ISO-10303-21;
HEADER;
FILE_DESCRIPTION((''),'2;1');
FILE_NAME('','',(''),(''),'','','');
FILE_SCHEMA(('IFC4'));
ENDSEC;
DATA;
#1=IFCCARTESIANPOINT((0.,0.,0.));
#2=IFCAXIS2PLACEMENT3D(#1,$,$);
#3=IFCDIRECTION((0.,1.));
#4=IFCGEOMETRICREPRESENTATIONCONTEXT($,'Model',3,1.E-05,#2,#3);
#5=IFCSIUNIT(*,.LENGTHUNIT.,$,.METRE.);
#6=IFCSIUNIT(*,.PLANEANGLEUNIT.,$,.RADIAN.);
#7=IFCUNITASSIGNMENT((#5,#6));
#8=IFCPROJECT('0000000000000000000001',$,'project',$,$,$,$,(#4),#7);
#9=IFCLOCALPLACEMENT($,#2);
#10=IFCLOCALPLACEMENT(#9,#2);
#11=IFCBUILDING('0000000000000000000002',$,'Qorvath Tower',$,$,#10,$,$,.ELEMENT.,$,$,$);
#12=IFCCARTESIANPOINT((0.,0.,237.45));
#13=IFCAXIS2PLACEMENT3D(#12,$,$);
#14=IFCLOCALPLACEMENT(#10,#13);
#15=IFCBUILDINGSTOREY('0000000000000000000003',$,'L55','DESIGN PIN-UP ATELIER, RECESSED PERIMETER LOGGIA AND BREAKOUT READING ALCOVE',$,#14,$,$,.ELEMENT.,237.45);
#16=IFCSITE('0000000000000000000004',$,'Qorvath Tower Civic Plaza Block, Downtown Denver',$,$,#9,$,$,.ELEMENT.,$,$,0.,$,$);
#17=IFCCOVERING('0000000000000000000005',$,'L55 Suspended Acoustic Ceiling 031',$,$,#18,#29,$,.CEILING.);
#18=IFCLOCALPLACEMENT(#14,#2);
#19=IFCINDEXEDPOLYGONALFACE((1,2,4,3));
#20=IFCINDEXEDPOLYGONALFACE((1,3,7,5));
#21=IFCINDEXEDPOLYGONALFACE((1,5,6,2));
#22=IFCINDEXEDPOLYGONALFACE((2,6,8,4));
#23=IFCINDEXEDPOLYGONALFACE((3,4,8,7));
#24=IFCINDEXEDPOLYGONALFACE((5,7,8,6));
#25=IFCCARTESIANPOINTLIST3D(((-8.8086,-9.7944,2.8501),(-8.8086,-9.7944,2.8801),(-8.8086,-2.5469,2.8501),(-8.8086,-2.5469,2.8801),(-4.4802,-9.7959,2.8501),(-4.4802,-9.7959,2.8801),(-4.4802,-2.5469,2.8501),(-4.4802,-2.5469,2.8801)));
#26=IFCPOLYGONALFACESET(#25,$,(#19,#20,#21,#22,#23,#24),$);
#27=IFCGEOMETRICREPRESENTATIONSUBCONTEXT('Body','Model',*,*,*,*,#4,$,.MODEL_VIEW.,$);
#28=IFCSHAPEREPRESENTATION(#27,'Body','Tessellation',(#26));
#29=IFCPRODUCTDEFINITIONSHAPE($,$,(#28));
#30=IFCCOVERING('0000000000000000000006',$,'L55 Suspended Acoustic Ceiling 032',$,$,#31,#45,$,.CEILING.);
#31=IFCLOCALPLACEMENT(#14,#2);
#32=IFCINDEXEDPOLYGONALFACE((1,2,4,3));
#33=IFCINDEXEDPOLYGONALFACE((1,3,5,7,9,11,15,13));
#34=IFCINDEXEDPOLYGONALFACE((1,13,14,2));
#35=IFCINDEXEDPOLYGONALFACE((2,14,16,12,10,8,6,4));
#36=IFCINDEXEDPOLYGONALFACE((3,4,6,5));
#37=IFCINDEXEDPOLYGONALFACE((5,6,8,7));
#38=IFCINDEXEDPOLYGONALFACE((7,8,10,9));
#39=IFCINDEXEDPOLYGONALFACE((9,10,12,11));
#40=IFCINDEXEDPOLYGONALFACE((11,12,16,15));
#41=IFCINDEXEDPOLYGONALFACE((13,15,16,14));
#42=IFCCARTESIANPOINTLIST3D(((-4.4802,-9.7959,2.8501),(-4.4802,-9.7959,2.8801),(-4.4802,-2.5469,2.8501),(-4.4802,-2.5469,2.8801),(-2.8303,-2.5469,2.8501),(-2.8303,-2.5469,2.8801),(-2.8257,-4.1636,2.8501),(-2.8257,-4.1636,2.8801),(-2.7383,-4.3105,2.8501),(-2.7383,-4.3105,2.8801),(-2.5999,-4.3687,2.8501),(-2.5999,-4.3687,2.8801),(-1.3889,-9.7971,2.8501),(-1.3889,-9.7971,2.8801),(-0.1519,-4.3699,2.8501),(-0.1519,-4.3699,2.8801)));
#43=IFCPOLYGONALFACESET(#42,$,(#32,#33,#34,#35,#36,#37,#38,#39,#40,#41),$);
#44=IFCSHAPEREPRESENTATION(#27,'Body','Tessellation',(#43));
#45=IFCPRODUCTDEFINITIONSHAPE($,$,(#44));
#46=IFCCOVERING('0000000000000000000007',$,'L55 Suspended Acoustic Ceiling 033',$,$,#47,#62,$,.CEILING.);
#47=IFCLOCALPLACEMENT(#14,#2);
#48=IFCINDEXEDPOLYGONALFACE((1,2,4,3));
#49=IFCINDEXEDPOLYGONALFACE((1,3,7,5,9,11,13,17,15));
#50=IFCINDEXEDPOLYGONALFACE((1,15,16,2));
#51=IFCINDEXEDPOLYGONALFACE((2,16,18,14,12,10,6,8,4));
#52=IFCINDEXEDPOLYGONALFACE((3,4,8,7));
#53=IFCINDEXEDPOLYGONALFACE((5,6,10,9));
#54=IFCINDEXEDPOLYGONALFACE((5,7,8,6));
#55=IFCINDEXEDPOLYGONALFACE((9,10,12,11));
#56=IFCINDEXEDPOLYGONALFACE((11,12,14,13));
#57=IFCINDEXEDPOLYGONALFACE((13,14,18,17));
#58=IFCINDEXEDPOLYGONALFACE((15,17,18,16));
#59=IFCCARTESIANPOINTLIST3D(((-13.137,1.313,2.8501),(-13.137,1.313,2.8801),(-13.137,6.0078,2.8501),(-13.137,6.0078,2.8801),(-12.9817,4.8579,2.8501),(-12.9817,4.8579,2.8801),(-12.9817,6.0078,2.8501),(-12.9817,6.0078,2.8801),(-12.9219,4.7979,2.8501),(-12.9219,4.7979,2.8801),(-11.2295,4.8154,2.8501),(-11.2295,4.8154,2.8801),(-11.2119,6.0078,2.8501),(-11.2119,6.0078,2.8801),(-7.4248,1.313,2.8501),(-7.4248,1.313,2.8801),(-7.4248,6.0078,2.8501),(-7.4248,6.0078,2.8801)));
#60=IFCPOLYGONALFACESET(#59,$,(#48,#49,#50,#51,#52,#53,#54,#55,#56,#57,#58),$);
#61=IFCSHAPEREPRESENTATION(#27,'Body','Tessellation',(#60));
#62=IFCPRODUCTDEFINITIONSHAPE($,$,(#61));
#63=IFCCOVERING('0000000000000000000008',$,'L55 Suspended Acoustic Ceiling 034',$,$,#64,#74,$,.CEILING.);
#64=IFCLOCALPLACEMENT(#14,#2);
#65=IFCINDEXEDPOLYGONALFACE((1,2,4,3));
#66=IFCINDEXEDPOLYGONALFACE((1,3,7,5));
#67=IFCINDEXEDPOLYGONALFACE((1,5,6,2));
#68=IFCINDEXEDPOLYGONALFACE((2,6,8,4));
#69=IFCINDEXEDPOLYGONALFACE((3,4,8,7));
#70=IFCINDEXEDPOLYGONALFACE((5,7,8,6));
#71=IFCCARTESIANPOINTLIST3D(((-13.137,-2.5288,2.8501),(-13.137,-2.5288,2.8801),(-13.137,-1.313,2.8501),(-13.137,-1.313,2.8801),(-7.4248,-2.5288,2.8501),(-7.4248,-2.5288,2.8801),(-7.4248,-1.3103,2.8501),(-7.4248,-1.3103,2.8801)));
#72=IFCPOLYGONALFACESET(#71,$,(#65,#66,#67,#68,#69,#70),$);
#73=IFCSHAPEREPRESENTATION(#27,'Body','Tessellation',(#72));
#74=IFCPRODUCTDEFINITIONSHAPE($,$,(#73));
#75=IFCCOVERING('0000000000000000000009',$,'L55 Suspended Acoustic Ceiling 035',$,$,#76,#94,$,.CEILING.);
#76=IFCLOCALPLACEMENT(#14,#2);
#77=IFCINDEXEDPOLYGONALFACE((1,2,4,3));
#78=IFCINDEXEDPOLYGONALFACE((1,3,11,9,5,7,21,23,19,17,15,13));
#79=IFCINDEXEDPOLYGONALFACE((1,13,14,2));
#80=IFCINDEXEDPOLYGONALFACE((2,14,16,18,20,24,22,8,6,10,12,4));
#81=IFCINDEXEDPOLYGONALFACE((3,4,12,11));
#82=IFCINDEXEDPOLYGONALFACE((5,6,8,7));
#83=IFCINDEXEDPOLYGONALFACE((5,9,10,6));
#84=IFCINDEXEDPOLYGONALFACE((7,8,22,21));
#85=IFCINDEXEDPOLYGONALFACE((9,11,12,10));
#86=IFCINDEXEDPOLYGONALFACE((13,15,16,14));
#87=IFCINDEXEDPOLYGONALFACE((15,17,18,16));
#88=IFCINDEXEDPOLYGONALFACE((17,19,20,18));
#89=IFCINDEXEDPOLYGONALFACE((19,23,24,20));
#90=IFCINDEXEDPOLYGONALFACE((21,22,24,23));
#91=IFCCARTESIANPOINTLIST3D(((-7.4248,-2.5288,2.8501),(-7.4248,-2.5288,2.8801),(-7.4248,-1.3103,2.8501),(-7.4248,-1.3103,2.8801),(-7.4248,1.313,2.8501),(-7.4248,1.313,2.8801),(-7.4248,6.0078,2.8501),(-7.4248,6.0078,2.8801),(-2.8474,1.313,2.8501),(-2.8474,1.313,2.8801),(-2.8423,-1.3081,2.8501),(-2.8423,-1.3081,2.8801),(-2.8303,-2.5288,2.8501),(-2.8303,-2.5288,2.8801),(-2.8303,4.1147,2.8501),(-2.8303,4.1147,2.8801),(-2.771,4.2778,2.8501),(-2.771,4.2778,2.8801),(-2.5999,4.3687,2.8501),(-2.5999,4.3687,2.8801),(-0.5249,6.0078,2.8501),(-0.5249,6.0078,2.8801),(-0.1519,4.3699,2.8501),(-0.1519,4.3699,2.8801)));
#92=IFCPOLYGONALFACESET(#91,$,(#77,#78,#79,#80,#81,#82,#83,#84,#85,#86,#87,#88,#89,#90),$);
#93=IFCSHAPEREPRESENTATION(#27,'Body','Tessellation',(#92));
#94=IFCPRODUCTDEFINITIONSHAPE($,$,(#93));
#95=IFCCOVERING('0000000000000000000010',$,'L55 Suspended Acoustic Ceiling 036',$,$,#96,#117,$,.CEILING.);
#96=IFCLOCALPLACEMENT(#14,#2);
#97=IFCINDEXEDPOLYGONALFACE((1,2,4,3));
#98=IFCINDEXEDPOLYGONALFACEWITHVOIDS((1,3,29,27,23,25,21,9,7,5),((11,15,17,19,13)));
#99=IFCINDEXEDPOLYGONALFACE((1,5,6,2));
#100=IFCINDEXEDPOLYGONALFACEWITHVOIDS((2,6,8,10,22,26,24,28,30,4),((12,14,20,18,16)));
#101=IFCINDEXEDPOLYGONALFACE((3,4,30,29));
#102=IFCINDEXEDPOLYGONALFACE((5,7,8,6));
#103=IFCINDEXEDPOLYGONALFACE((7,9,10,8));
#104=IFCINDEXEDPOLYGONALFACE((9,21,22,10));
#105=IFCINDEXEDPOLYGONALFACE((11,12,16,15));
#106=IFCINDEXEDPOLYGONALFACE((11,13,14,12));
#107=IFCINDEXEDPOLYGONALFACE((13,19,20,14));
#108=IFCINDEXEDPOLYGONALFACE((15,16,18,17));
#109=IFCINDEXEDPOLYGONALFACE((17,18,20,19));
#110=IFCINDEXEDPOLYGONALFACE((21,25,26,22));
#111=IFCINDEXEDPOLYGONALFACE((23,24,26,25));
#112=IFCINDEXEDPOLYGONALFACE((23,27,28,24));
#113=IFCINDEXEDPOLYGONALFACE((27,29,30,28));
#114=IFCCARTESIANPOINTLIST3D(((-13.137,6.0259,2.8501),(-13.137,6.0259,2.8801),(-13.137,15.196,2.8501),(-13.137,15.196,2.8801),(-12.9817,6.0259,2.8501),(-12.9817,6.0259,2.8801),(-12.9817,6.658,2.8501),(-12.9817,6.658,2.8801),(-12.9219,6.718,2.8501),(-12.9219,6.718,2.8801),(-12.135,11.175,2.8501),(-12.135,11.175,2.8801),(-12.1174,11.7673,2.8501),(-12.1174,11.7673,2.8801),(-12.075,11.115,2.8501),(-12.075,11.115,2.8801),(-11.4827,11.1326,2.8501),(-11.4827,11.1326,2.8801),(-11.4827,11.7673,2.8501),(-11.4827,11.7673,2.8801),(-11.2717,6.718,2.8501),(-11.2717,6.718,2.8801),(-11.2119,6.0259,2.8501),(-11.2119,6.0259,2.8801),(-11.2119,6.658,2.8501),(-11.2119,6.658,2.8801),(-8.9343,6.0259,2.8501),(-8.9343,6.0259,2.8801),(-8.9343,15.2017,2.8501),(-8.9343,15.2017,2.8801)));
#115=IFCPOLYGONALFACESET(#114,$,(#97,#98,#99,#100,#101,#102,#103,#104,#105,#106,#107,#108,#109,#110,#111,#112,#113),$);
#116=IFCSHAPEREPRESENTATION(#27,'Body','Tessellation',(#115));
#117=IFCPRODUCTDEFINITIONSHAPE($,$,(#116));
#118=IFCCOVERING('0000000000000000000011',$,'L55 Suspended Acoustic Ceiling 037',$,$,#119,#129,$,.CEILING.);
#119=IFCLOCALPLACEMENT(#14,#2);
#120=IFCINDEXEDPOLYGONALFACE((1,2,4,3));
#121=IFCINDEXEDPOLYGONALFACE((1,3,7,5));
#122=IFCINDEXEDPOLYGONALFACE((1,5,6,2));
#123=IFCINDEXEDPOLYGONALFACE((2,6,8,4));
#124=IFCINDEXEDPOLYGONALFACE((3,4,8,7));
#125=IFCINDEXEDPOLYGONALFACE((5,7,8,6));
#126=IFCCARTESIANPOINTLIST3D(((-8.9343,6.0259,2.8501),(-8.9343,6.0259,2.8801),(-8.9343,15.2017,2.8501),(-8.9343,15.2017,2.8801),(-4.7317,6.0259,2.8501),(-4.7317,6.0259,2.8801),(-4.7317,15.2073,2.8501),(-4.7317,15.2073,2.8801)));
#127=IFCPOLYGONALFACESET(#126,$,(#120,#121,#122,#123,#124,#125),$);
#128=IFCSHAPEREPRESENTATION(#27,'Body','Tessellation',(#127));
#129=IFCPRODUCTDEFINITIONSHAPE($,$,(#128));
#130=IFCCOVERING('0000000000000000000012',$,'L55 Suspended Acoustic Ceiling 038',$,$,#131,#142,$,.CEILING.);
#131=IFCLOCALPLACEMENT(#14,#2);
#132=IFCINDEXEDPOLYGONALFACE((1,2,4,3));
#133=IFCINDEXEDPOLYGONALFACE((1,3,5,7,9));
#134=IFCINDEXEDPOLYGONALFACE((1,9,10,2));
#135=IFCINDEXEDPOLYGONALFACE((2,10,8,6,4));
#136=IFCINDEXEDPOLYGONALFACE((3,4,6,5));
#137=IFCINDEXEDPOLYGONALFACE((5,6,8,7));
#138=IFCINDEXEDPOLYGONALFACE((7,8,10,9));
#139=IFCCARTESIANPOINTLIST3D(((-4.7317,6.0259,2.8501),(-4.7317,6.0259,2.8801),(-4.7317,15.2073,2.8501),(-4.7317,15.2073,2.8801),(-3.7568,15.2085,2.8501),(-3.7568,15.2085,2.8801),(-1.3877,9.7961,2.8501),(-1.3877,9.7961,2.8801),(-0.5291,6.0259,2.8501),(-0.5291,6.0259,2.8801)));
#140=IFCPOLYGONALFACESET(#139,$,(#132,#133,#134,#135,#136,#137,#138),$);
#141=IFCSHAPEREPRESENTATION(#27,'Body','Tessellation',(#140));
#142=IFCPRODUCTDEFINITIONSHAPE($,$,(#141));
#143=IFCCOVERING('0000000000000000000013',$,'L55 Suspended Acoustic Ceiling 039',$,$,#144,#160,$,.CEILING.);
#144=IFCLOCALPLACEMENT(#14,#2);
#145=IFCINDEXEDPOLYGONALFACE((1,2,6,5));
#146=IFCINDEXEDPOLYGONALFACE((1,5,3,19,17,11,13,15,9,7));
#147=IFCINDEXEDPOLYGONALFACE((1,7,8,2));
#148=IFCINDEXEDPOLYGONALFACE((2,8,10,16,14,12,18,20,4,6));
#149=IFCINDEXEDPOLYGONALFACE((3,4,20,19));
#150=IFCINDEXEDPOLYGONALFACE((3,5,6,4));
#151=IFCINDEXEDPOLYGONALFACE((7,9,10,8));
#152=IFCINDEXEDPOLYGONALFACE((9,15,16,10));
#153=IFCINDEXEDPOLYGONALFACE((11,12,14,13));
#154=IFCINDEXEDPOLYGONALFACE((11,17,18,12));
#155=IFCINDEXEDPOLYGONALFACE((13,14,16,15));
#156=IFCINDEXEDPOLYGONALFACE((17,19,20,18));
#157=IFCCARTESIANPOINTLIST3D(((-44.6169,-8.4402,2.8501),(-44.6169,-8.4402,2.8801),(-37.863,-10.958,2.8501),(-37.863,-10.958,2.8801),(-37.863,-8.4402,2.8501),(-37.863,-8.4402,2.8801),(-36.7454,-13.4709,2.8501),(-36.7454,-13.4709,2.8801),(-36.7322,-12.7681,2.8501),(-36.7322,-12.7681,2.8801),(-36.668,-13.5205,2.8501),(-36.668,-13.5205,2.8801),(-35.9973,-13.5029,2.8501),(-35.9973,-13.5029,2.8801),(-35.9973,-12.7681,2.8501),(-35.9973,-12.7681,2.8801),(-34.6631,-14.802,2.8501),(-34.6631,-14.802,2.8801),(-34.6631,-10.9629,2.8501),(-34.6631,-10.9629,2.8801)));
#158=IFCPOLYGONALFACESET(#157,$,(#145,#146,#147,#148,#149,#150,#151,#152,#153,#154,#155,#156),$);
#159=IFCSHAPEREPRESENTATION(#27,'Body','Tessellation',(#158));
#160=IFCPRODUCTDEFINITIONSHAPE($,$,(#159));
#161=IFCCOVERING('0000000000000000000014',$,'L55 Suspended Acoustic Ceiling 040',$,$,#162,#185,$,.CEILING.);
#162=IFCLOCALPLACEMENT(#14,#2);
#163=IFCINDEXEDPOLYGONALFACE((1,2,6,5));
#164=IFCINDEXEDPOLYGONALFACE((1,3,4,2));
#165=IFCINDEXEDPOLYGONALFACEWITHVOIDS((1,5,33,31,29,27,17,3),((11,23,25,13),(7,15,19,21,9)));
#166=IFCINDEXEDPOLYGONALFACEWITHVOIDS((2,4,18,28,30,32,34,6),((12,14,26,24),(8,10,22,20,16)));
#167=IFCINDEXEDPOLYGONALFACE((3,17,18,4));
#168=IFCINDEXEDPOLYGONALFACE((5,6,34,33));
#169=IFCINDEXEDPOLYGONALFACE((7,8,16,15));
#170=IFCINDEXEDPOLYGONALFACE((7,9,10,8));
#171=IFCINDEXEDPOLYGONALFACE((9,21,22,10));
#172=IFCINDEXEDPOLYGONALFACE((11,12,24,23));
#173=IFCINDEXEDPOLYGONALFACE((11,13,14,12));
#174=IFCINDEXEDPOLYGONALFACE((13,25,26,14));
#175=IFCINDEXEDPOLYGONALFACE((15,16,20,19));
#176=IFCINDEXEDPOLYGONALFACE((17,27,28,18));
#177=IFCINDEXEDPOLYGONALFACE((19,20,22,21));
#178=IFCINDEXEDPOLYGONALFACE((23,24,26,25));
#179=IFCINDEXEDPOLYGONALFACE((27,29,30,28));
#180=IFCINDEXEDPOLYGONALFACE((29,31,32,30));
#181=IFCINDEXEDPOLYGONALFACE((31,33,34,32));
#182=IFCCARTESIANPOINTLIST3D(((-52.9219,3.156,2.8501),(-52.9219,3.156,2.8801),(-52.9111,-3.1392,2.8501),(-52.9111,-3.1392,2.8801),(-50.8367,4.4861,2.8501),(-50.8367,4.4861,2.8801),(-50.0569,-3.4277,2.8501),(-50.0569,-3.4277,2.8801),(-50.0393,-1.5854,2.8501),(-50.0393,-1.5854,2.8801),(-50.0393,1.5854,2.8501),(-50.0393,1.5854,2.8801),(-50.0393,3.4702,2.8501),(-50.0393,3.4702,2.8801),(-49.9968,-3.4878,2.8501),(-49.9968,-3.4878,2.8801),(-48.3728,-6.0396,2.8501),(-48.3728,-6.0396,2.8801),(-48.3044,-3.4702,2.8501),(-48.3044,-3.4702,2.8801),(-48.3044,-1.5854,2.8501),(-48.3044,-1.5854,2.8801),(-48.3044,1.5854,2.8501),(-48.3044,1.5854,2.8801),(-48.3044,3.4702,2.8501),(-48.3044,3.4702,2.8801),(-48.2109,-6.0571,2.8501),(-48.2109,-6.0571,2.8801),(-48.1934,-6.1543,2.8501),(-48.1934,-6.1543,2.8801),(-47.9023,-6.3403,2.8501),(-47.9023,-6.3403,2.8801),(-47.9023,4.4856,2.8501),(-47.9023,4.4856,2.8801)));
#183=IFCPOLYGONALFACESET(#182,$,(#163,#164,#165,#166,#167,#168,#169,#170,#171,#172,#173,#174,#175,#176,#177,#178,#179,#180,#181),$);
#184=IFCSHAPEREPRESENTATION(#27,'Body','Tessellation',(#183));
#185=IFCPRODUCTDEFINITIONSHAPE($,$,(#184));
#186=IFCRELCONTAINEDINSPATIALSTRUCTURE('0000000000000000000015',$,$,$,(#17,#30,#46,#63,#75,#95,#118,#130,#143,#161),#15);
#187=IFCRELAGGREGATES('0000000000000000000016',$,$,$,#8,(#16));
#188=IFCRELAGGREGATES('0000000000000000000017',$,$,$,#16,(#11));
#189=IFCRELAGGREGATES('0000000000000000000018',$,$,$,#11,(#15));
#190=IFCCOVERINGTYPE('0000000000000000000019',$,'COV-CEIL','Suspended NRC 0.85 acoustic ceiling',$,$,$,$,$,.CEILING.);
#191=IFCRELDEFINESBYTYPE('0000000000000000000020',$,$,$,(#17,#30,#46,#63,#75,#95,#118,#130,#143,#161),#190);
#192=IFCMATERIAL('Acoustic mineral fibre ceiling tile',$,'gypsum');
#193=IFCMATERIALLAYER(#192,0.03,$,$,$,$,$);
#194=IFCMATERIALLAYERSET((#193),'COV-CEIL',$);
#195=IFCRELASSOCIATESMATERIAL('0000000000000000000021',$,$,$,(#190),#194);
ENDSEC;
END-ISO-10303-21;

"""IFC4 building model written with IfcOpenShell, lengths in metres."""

from ifc_helpers import new_model, si_unit, direction, frame, origin, place, context, subcontext, project, spatial, polyline, outline, extrude, material, layer, layer_set, type_object, element, save


model = new_model("IFC4")

# Units and contexts
model_context = context("Model", 3, precision=1e-05, world=origin(), true_north=direction((0.0, 1.0)))
body_context = subcontext(model_context, "Body", "Model", "MODEL_VIEW")
ifc_project = project(units=[si_unit("LENGTHUNIT", "METRE"), si_unit("PLANEANGLEUNIT", "RADIAN")], contexts=[model_context])

# Site, building, storey
site_placement = place(None, origin())
site = spatial("IfcSite", under=ifc_project, at=site_placement, Name="Qorvath Tower Civic Plaza Block, Downtown Denver", CompositionType="ELEMENT", RefElevation=0.0)
building_placement = place(site_placement, origin())
building = spatial("IfcBuilding", under=site, at=building_placement, Name="Qorvath Tower", CompositionType="ELEMENT")
storey_placement = place(building_placement, frame((0.0, 0.0, 237.45)))
storey = spatial("IfcBuildingStorey", under=building, at=storey_placement, Name="L55", Description="DESIGN PIN-UP ATELIER, RECESSED PERIMETER LOGGIA AND BREAKOUT READING ALCOVE", CompositionType="ELEMENT", Elevation=237.45)

# Coverings
ifc_material_1 = material(Name="Acoustic mineral fibre ceiling tile", Category="gypsum")
ifc_layer_1 = layer(ifc_material_1, 0.03)
ifc_layer_set_1 = layer_set([ifc_layer_1], Name="COV-CEIL")
covering_type_1 = type_object("IfcCoveringType", Name="COV-CEIL", Description="Suspended NRC 0.85 acoustic ceiling", PredefinedType="CEILING", material=ifc_layer_set_1)
covering_1_placement = place(storey_placement, frame((0.0, 0.0, 2.8501)))
element("IfcCovering", 1, at=covering_1_placement, inside=storey, type_object=covering_type_1, Name="L55 Suspended Acoustic Ceiling 031", PredefinedType="CEILING", context=body_context, shape_type="SweptSolid", body=[
    extrude(outline(polyline([(-4.4802, -9.7959), (-4.4802, -2.5469), (-8.8086, -2.5469), (-8.8086, -9.7944), (-4.4802, -9.7959)])), origin(), (0.0, 0.0, 1.0), 0.03),
])
covering_2_placement = place(storey_placement, frame((0.0, 0.0, 2.8501)))
element("IfcCovering", 2, at=covering_2_placement, inside=storey, type_object=covering_type_1, Name="L55 Suspended Acoustic Ceiling 032", PredefinedType="CEILING", context=body_context, shape_type="SweptSolid", body=[
    extrude(outline(polyline([(-2.7383, -4.3105), (-2.8257, -4.1636), (-2.8303, -2.5469), (-4.4802, -2.5469), (-4.4802, -9.7959), (-1.3889, -9.7971), (-0.1519, -4.3699), (-2.5999, -4.3687), (-2.7383, -4.3105)])), origin(), (0.0, 0.0, 1.0), 0.03),
])
covering_3_placement = place(storey_placement, frame((0.0, 0.0, 2.8501)))
element("IfcCovering", 3, at=covering_3_placement, inside=storey, type_object=covering_type_1, Name="L55 Suspended Acoustic Ceiling 033", PredefinedType="CEILING", context=body_context, shape_type="SweptSolid", body=[
    extrude(outline(polyline([(-7.4248, 1.313), (-7.4248, 6.0078), (-11.2119, 6.0078), (-11.2295, 4.8154), (-12.9219, 4.7979), (-12.9817, 4.8579), (-12.9817, 6.0078), (-13.137, 6.0078), (-13.137, 1.313), (-7.4248, 1.313)])), origin(), (0.0, 0.0, 1.0), 0.03),
])
covering_4_placement = place(storey_placement, frame((0.0, 0.0, 2.8501)))
element("IfcCovering", 4, at=covering_4_placement, inside=storey, type_object=covering_type_1, Name="L55 Suspended Acoustic Ceiling 034", PredefinedType="CEILING", context=body_context, shape_type="SweptSolid", body=[
    extrude(outline(polyline([(-7.4248, -2.5288), (-7.4248, -1.3103), (-13.137, -1.313), (-13.137, -2.5288), (-7.4248, -2.5288)])), origin(), (0.0, 0.0, 1.0), 0.03),
])
covering_5_placement = place(storey_placement, frame((0.0, 0.0, 2.8501)))
element("IfcCovering", 5, at=covering_5_placement, inside=storey, type_object=covering_type_1, Name="L55 Suspended Acoustic Ceiling 035", PredefinedType="CEILING", context=body_context, shape_type="SweptSolid", body=[
    extrude(outline(polyline([(-2.771, 4.2778), (-2.5999, 4.3687), (-0.1519, 4.3699), (-0.5249, 6.0078), (-7.4248, 6.0078), (-7.4248, 1.313), (-2.8474, 1.313), (-2.8423, -1.3081), (-7.4248, -1.3103), (-7.4248, -2.5288), (-2.8303, -2.5288), (-2.8303, 4.1147), (-2.771, 4.2778)])), origin(), (0.0, 0.0, 1.0), 0.03),
])
covering_6_placement = place(storey_placement, frame((0.0, 0.0, 2.8501)))
element("IfcCovering", 6, at=covering_6_placement, inside=storey, type_object=covering_type_1, Name="L55 Suspended Acoustic Ceiling 036", PredefinedType="CEILING", context=body_context, shape_type="SweptSolid", body=[
    extrude(outline(polyline([(-11.2119, 6.0259), (-8.9343, 6.0259), (-8.9343, 15.2017), (-13.137, 15.196), (-13.137, 6.0259), (-12.9817, 6.0259), (-12.9817, 6.658), (-12.9219, 6.718), (-11.2717, 6.718), (-11.2119, 6.658), (-11.2119, 6.0259)]), holes=[polyline([(-12.135, 11.175), (-12.1174, 11.7673), (-11.4827, 11.7673), (-11.4827, 11.1326), (-12.075, 11.115), (-12.135, 11.175)])]), origin(), (0.0, 0.0, 1.0), 0.03),
])
covering_7_placement = place(storey_placement, frame((0.0, 0.0, 2.8501)))
element("IfcCovering", 7, at=covering_7_placement, inside=storey, type_object=covering_type_1, Name="L55 Suspended Acoustic Ceiling 037", PredefinedType="CEILING", context=body_context, shape_type="SweptSolid", body=[
    extrude(outline(polyline([(-8.9343, 15.2017), (-8.9343, 6.0259), (-4.7317, 6.0259), (-4.7317, 15.2073), (-8.9343, 15.2017)])), origin(), (0.0, 0.0, 1.0), 0.03),
])
covering_8_placement = place(storey_placement, frame((0.0, 0.0, 2.8501)))
element("IfcCovering", 8, at=covering_8_placement, inside=storey, type_object=covering_type_1, Name="L55 Suspended Acoustic Ceiling 038", PredefinedType="CEILING", context=body_context, shape_type="SweptSolid", body=[
    extrude(outline(polyline([(-4.7317, 15.2073), (-4.7317, 6.0259), (-0.5291, 6.0259), (-1.3877, 9.7961), (-3.7568, 15.2085), (-4.7317, 15.2073)])), origin(), (0.0, 0.0, 1.0), 0.03),
])
covering_9_placement = place(storey_placement, frame((0.0, 0.0, 2.8501)))
element("IfcCovering", 9, at=covering_9_placement, inside=storey, type_object=covering_type_1, Name="L55 Suspended Acoustic Ceiling 039", PredefinedType="CEILING", context=body_context, shape_type="SweptSolid", body=[
    extrude(outline(polyline([(-37.863, -8.4402), (-44.6169, -8.4402), (-36.7454, -13.4709), (-36.7322, -12.7681), (-35.9973, -12.7681), (-35.9973, -13.5029), (-36.668, -13.5205), (-34.6631, -14.802), (-34.6631, -10.9629), (-37.863, -10.958), (-37.863, -8.4402)])), origin(), (0.0, 0.0, 1.0), 0.03),
])
covering_10_placement = place(storey_placement, frame((0.0, 0.0, 2.8501)))
element("IfcCovering", 10, at=covering_10_placement, inside=storey, type_object=covering_type_1, Name="L55 Suspended Acoustic Ceiling 040", PredefinedType="CEILING", context=body_context, shape_type="SweptSolid", body=[
    extrude(outline(polyline([(-52.9219, 3.156), (-52.9111, -3.1392), (-48.3728, -6.0396), (-48.2109, -6.0571), (-48.1934, -6.1543), (-47.9023, -6.3403), (-47.9023, 4.4856), (-50.8367, 4.4861), (-52.9219, 3.156)]), holes=[polyline([(-50.0569, -3.4277), (-50.0393, -1.5854), (-48.3044, -1.5854), (-48.3044, -3.4702), (-49.9968, -3.4878), (-50.0569, -3.4277)]), polyline([(-50.0393, 1.5854), (-50.0393, 3.4702), (-48.3044, 3.4702), (-48.3044, 1.5854), (-50.0393, 1.5854)])]), origin(), (0.0, 0.0, 1.0), 0.03),
])

save(model, "model.ifc")
